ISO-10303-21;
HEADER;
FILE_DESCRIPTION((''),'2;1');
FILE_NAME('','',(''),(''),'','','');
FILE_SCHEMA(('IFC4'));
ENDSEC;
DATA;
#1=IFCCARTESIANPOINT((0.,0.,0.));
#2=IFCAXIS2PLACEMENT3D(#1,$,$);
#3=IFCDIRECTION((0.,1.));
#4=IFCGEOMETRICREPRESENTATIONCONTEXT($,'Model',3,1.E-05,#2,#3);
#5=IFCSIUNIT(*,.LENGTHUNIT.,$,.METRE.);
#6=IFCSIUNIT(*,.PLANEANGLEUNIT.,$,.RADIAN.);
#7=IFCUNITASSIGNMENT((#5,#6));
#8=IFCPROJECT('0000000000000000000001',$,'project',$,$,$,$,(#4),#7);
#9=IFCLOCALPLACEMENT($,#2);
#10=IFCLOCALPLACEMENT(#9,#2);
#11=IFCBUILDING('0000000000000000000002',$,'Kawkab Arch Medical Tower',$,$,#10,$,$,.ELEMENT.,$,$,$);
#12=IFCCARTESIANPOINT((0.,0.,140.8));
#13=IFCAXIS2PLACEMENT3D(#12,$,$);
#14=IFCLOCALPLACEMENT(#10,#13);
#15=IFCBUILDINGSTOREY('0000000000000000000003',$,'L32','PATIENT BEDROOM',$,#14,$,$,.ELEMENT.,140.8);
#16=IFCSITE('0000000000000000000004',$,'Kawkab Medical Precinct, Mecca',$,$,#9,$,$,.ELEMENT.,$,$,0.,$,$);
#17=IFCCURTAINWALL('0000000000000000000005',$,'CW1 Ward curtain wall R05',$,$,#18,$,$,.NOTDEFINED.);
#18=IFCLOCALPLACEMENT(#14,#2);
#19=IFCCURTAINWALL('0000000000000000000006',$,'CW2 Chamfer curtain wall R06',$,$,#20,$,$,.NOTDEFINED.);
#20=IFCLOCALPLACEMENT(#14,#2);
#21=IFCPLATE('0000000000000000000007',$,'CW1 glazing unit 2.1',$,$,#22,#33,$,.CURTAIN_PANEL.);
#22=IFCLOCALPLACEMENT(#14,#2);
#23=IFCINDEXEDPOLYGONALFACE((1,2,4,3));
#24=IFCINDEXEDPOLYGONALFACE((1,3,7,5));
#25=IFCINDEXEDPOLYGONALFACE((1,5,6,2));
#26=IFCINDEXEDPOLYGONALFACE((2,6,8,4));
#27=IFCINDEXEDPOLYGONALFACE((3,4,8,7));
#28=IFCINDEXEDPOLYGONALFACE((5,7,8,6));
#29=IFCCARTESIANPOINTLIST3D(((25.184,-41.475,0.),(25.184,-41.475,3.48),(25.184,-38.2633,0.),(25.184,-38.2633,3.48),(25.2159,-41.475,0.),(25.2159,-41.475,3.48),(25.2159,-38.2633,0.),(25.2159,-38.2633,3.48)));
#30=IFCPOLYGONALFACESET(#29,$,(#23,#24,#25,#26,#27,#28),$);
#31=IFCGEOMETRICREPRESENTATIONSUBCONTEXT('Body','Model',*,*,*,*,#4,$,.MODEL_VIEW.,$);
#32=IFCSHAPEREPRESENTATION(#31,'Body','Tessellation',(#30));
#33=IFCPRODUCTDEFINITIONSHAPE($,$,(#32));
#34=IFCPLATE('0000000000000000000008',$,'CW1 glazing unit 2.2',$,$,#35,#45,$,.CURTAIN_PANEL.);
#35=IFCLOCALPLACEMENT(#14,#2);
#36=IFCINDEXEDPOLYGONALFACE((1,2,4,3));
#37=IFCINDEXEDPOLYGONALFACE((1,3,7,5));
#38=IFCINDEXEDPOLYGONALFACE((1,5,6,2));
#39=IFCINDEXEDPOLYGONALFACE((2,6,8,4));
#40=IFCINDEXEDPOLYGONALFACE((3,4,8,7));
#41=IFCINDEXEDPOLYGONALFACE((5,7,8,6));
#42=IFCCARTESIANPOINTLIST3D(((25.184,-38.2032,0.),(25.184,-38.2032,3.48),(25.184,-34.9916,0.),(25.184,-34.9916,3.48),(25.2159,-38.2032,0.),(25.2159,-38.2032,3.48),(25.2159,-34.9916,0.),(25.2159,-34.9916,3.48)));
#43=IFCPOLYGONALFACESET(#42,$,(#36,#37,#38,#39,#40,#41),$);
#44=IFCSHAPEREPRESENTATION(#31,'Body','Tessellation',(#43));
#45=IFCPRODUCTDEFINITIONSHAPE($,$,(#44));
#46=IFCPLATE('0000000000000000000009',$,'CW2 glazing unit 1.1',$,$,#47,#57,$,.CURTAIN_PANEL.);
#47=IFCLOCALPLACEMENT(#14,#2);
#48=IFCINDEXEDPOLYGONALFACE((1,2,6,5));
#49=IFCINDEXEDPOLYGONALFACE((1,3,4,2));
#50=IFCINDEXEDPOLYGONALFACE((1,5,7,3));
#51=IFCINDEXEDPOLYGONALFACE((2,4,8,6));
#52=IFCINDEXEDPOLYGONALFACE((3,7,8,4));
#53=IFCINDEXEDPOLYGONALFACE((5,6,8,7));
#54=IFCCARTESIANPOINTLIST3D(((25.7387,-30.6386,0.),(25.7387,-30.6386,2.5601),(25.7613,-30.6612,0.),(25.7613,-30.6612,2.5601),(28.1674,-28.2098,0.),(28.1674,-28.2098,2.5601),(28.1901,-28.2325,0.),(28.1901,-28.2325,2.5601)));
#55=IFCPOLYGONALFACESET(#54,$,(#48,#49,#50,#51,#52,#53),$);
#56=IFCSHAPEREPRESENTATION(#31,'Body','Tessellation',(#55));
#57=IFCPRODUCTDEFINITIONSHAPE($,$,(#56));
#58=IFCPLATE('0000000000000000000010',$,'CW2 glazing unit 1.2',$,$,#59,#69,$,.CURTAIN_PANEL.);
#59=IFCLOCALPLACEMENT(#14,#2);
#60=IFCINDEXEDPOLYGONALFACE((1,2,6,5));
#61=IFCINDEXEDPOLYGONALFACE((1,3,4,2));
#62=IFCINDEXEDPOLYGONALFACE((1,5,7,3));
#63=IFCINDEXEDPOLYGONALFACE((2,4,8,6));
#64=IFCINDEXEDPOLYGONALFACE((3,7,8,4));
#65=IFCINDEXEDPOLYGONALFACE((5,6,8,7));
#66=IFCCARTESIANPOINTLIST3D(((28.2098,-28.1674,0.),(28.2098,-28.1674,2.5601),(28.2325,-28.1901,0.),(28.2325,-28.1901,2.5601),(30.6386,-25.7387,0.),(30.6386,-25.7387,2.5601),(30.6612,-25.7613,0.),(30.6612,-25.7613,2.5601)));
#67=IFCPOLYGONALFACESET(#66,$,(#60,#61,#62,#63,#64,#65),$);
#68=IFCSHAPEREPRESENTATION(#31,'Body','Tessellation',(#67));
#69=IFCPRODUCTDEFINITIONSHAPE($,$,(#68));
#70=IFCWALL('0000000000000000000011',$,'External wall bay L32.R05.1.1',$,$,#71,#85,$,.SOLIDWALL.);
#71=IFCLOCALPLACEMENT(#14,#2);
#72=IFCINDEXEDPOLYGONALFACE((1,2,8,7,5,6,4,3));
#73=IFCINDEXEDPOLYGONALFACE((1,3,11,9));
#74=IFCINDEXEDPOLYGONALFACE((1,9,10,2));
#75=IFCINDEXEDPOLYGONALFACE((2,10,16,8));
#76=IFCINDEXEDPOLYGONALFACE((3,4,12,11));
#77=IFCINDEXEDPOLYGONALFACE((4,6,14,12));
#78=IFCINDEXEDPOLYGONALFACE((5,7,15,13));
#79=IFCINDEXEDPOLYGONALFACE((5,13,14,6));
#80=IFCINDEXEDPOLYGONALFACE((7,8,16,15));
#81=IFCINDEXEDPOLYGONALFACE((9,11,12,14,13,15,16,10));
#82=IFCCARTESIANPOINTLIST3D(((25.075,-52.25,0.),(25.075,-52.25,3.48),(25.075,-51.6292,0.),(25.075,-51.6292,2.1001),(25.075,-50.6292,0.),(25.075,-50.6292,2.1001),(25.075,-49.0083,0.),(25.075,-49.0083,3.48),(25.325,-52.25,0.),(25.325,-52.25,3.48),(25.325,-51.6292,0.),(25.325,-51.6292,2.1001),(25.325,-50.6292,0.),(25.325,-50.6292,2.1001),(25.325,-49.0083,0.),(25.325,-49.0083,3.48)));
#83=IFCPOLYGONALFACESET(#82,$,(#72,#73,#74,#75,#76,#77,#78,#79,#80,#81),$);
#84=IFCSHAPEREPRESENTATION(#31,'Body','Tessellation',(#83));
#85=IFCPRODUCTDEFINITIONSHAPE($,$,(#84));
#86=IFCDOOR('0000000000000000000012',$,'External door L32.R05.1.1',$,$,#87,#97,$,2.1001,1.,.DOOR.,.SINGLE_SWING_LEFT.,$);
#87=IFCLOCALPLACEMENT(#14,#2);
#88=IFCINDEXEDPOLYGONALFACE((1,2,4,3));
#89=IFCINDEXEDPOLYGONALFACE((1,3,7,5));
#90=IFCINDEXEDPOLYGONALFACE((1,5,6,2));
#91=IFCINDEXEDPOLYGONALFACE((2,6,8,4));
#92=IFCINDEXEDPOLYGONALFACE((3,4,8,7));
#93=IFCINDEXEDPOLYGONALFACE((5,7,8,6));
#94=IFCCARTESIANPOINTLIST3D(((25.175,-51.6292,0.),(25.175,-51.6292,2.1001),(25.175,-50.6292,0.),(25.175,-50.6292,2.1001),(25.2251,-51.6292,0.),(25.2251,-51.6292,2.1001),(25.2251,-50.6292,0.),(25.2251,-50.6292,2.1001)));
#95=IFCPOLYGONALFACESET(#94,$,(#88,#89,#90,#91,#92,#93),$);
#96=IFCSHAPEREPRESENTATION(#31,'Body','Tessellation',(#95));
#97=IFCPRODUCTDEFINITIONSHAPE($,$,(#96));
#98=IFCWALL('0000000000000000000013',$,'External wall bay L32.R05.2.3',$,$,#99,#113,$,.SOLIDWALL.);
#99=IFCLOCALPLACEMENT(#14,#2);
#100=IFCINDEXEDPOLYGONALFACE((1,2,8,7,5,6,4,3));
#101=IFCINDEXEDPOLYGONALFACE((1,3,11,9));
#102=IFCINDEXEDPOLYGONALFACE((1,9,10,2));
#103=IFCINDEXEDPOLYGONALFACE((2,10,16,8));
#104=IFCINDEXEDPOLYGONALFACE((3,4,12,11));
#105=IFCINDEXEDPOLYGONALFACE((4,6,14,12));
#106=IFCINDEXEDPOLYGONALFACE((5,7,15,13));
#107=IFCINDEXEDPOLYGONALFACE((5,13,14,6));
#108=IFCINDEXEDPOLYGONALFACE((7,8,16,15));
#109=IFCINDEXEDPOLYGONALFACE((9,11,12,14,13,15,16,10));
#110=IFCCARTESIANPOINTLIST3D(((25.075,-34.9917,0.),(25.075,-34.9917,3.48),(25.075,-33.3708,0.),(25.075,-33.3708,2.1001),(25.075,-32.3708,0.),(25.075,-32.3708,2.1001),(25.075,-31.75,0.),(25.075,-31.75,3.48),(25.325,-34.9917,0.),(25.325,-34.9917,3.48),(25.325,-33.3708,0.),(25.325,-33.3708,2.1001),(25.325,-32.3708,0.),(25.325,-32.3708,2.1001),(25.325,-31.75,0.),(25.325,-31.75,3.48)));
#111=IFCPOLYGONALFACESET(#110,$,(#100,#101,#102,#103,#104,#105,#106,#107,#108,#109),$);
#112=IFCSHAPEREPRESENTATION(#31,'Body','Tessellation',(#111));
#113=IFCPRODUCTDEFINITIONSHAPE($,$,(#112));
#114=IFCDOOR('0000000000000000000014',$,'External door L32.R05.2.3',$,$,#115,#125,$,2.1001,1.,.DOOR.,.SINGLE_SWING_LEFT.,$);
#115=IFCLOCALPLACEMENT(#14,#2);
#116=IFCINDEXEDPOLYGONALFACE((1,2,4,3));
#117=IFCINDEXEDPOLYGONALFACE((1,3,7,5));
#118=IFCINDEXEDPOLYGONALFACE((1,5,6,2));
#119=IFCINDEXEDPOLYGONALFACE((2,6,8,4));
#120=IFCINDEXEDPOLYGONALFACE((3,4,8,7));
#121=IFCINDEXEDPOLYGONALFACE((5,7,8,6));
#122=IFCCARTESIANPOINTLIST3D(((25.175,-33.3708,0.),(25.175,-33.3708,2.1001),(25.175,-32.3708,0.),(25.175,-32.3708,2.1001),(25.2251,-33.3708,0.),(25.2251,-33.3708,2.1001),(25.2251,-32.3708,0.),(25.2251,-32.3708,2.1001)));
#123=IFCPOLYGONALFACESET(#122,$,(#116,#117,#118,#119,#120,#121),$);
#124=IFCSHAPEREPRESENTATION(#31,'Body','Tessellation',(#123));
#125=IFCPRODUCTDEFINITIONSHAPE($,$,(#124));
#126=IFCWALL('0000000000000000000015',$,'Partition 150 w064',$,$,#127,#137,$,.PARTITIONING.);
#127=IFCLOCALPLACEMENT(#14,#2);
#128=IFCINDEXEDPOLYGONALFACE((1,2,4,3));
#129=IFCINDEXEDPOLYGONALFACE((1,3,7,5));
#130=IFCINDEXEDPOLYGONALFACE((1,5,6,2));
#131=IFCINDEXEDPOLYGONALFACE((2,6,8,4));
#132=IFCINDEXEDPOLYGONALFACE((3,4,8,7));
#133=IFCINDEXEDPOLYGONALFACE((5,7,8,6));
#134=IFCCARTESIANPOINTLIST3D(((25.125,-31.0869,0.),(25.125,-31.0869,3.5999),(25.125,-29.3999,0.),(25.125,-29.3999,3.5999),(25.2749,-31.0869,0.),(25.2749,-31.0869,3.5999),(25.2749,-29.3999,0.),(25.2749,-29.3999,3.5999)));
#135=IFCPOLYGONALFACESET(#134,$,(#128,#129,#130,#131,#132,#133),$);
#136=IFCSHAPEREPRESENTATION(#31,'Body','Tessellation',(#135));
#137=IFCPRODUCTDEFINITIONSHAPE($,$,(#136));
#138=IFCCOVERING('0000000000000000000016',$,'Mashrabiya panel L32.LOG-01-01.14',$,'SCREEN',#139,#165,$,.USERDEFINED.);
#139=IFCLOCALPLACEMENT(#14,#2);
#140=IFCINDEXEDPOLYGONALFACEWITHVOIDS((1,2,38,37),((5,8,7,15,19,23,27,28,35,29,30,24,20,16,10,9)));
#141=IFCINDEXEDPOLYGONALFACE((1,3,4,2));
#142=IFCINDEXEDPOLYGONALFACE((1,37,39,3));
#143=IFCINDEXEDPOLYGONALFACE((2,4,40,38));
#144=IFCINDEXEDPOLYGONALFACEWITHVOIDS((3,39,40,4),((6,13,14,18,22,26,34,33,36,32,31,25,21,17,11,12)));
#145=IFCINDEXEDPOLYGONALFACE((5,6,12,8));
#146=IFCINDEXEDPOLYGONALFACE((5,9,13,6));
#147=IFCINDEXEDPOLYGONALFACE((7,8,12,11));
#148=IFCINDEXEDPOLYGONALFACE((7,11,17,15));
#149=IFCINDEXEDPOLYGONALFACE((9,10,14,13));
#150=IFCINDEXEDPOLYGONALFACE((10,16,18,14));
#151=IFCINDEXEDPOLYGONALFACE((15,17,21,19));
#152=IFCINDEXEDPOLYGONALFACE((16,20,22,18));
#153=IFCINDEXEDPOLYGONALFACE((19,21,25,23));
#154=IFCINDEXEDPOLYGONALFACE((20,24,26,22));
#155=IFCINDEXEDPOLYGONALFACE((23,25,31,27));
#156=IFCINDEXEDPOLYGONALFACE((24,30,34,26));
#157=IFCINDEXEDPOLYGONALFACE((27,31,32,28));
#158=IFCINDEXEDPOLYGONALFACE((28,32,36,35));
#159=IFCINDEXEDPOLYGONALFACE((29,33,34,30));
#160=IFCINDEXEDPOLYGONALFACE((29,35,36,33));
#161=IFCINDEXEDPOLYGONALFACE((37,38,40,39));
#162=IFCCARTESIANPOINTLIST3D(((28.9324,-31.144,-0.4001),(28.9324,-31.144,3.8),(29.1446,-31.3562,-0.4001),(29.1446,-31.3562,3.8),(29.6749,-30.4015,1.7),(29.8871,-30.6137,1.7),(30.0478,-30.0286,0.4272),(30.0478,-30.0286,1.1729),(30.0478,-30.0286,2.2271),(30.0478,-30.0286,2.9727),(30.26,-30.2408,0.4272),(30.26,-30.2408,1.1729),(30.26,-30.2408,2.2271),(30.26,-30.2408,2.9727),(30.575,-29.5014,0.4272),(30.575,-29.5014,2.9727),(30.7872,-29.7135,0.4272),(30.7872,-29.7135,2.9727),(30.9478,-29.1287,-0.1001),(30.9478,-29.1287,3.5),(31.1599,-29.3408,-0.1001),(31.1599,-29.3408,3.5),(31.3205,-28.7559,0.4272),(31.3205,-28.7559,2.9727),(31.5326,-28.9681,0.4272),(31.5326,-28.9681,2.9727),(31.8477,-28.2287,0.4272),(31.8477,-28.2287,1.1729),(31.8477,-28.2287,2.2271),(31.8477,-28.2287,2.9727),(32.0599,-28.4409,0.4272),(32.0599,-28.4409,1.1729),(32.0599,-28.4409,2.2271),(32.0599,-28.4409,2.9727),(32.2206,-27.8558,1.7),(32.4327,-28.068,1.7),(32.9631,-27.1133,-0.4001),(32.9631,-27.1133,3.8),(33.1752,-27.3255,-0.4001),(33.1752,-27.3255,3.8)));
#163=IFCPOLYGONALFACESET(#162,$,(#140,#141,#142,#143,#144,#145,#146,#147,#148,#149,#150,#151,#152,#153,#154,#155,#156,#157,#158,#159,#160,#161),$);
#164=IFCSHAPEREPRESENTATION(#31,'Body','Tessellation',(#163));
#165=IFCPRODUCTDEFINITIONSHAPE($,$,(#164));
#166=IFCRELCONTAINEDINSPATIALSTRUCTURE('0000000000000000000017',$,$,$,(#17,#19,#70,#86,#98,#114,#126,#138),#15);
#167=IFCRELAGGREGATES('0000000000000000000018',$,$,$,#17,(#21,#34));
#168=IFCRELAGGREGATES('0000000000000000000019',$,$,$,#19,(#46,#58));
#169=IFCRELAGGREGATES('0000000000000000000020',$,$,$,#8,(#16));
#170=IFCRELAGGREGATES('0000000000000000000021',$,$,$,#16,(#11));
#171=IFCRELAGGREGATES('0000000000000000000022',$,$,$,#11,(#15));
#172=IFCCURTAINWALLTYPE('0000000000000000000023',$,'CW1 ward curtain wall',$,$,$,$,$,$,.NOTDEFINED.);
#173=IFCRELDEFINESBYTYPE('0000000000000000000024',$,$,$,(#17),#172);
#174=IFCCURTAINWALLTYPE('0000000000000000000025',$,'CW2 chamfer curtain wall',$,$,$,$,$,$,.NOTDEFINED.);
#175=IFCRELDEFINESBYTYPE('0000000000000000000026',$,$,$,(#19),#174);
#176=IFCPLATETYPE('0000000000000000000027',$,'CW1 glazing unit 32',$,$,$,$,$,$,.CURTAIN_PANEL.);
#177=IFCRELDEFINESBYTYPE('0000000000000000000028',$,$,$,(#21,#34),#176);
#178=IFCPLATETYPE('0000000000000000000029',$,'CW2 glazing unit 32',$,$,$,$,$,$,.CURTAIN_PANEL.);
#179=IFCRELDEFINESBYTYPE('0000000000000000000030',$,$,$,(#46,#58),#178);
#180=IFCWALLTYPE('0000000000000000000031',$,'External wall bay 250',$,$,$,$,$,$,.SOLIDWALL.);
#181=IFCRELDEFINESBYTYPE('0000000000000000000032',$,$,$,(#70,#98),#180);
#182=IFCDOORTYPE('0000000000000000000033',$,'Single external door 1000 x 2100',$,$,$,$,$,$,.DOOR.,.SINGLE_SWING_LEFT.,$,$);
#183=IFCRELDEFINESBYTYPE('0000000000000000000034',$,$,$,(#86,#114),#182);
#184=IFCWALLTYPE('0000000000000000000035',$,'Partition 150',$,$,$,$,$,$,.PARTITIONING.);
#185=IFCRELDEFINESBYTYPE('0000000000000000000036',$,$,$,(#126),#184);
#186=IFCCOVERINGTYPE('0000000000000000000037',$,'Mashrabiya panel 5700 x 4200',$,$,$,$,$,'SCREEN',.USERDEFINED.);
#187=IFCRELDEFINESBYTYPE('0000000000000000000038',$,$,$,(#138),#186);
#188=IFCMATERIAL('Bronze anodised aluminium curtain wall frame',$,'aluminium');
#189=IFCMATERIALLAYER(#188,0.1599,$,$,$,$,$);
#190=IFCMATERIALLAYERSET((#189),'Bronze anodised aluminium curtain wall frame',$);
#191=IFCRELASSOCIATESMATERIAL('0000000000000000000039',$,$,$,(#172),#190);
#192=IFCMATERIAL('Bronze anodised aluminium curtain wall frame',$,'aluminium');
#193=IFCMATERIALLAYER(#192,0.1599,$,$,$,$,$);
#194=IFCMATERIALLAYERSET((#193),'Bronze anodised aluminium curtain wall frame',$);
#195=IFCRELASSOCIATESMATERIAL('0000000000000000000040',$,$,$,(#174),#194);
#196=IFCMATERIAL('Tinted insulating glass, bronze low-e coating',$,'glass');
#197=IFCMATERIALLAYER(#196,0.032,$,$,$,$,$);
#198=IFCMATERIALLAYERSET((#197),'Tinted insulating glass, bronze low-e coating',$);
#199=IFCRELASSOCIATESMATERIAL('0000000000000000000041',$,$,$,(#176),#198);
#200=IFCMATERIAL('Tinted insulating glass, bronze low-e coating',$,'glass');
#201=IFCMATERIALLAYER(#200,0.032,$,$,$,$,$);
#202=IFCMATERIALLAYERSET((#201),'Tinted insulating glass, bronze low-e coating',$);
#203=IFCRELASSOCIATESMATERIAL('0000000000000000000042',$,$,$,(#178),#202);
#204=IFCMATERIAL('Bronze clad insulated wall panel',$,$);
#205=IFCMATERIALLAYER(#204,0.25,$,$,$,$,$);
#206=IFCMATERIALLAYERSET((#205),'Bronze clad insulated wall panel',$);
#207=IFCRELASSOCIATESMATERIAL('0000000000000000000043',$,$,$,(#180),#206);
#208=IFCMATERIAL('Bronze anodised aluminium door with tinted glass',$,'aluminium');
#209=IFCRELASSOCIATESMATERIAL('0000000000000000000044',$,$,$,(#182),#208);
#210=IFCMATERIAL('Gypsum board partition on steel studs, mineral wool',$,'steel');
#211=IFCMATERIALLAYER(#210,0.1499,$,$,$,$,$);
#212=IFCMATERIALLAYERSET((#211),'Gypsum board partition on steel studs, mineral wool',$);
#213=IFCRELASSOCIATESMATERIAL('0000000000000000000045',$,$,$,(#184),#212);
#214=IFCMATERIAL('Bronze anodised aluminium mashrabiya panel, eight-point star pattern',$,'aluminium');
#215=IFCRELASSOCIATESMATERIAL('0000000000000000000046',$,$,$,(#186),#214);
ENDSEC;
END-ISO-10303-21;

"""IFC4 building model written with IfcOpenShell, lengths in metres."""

from ifc_helpers import new_model, si_unit, direction, frame, frame_2d, origin, origin_2d, place, context, subcontext, project, spatial, polyline, rectangle, outline, extrude, material, layer, layer_set, material_profile, profile_set, type_object, element, fill, aggregate, save


model = new_model("IFC4")

# Units and contexts
model_context = context("Model", 3, precision=1e-05, world=origin(), true_north=direction((0.0, 1.0)))
body_context = subcontext(model_context, "Body", "Model", "MODEL_VIEW")
ifc_project = project(units=[si_unit("LENGTHUNIT", "METRE"), si_unit("PLANEANGLEUNIT", "RADIAN")], contexts=[model_context])

# Site, building, storey
site_placement = place(None, origin())
site = spatial("IfcSite", under=ifc_project, at=site_placement, Name="Kawkab Medical Precinct, Mecca", CompositionType="ELEMENT", RefElevation=0.0)
building_placement = place(site_placement, origin())
building = spatial("IfcBuilding", under=site, at=building_placement, Name="Kawkab Arch Medical Tower", CompositionType="ELEMENT")
storey_placement = place(building_placement, frame((0.0, 0.0, 140.8)))
storey = spatial("IfcBuildingStorey", under=building, at=storey_placement, Name="L32", Description="PATIENT BEDROOM", CompositionType="ELEMENT", Elevation=140.8)

# Curtain walls
ifc_material_1 = material(Name="Bronze anodised aluminium curtain wall frame", Category="aluminium")
ifc_layer_1 = layer(ifc_material_1, 0.1599)
ifc_layer_set_1 = layer_set([ifc_layer_1], Name="Bronze anodised aluminium curtain wall frame")
curtain_wall_type_1 = type_object("IfcCurtainWallType", Name="CW1 ward curtain wall", PredefinedType="NOTDEFINED", material=ifc_layer_set_1)
placement = place(storey_placement, origin())
curtain_wall_1 = element("IfcCurtainWall", 1, at=placement, inside=storey, type_object=curtain_wall_type_1, Name="CW1 Ward curtain wall R05", PredefinedType="NOTDEFINED")
ifc_material_2 = material(Name="Bronze anodised aluminium curtain wall frame", Category="aluminium")
ifc_layer_2 = layer(ifc_material_2, 0.1599)
ifc_layer_set_2 = layer_set([ifc_layer_2], Name="Bronze anodised aluminium curtain wall frame")
curtain_wall_type_2 = type_object("IfcCurtainWallType", Name="CW2 chamfer curtain wall", PredefinedType="NOTDEFINED", material=ifc_layer_set_2)
curtain_wall_2 = element("IfcCurtainWall", 2, at=placement, inside=storey, type_object=curtain_wall_type_2, Name="CW2 Chamfer curtain wall R06", PredefinedType="NOTDEFINED")

# Plates
ifc_material_3 = material(Name="Tinted insulating glass, bronze low-e coating", Category="glass")
ifc_layer_3 = layer(ifc_material_3, 0.032)
ifc_layer_set_3 = layer_set([ifc_layer_3], Name="Tinted insulating glass, bronze low-e coating")
plate_type_1 = type_object("IfcPlateType", Name="CW1 glazing unit 32", PredefinedType="CURTAIN_PANEL", material=ifc_layer_set_3)
plate_1_placement = place(storey_placement, frame((25.2, -39.8691, 0.0), z_axis=(0.0, 0.0, 1.0), x_axis=(0.0, 1.0, 0.0)))
plate_1 = element("IfcPlate", 3, at=plate_1_placement, type_object=plate_type_1, Name="CW1 glazing unit 2.1", PredefinedType="CURTAIN_PANEL", context=body_context, shape_type="SweptSolid", body=[
    extrude(rectangle(XDim=3.2117, YDim=0.032, at=origin_2d()), origin(), (0.0, 0.0, 1.0), 3.48),
])
plate_2_placement = place(storey_placement, frame((25.2, -36.5974, 0.0), z_axis=(0.0, 0.0, 1.0), x_axis=(0.0, 1.0, 0.0)))
plate_2 = element("IfcPlate", 4, at=plate_2_placement, type_object=plate_type_1, Name="CW1 glazing unit 2.2", PredefinedType="CURTAIN_PANEL", context=body_context, shape_type="SweptSolid", body=[
    extrude(rectangle(XDim=3.2117, YDim=0.032, at=origin_2d()), origin(), (0.0, 0.0, 1.0), 3.48),
])
aggregate(curtain_wall_1, [plate_1, plate_2])
ifc_material_4 = material(Name="Tinted insulating glass, bronze low-e coating", Category="glass")
ifc_layer_4 = layer(ifc_material_4, 0.032)
ifc_layer_set_4 = layer_set([ifc_layer_4], Name="Tinted insulating glass, bronze low-e coating")
plate_type_2 = type_object("IfcPlateType", Name="CW2 glazing unit 32", PredefinedType="CURTAIN_PANEL", material=ifc_layer_set_4)
plate_3_placement = place(storey_placement, frame((26.9644, -29.4355, 0.0), z_axis=(0.0, 0.0, 1.0), x_axis=(0.707107, 0.707107, 0.0)))
plate_3 = element("IfcPlate", 5, at=plate_3_placement, type_object=plate_type_2, Name="CW2 glazing unit 1.1", PredefinedType="CURTAIN_PANEL", context=body_context, shape_type="SweptSolid", body=[
    extrude(rectangle(XDim=3.4348, YDim=0.032, at=origin_2d()), origin(), (0.0, 0.0, 1.0), 2.5601),
])
plate_4_placement = place(storey_placement, frame((29.4355, -26.9644, 0.0), z_axis=(0.0, 0.0, 1.0), x_axis=(0.707107, 0.707107, 0.0)))
plate_4 = element("IfcPlate", 6, at=plate_4_placement, type_object=plate_type_2, Name="CW2 glazing unit 1.2", PredefinedType="CURTAIN_PANEL", context=body_context, shape_type="SweptSolid", body=[
    extrude(rectangle(XDim=3.4348, YDim=0.032, at=origin_2d()), origin(), (0.0, 0.0, 1.0), 2.5601),
])
aggregate(curtain_wall_2, [plate_3, plate_4])

# Walls, openings, doors
ifc_material_5 = material(Name="Bronze clad insulated wall panel")
ifc_layer_5 = layer(ifc_material_5, 0.25)
ifc_layer_set_5 = layer_set([ifc_layer_5], Name="Bronze clad insulated wall panel")
wall_type_1 = type_object("IfcWallType", Name="External wall bay 250", PredefinedType="SOLIDWALL", material=ifc_layer_set_5)
wall_1_placement = place(storey_placement, frame((25.2, -52.25, 0.0), z_axis=(0.0, 0.0, 1.0), x_axis=(0.0, 1.0, 0.0)))
wall_1 = element("IfcWall", 7, at=wall_1_placement, inside=storey, type_object=wall_type_1, Name="External wall bay L32.R05.1.1", PredefinedType="SOLIDWALL", context=body_context, shape_type="SweptSolid", body=[
    extrude(rectangle(XDim=3.2417, YDim=0.25, at=frame_2d((1.6208, 0.0))), origin(), (0.0, 0.0, 1.0), 3.48),
])
opening_1_placement = place(wall_1_placement, frame((0.6208, 0.0, 0.0)))
opening_1 = element("IfcOpeningElement", 8, at=opening_1_placement, cuts=wall_1, PredefinedType="OPENING", context=body_context, shape_type="SweptSolid", body=[
    extrude(rectangle(XDim=1.0, YDim=2.1001, at=frame_2d((0.5, 1.05))), frame((0.0, 0.135, 0.0), z_axis=(0.0, -1.0, 0.0), x_axis=(1.0, 0.0, 0.0)), (0.0, 0.0, 1.0), 0.27),
])
ifc_material_6 = material(Name="Bronze anodised aluminium door with tinted glass", Category="aluminium")
door_type = type_object("IfcDoorType", Name="Single external door 1000 x 2100", OperationType="SINGLE_SWING_LEFT", PredefinedType="DOOR", material=ifc_material_6)
door_1_placement = place(opening_1_placement, origin())
door_1 = element("IfcDoor", 9, at=door_1_placement, inside=storey, type_object=door_type, Name="External door L32.R05.1.1", OperationType="SINGLE_SWING_LEFT", OverallHeight=2.1001, OverallWidth=1.0, PredefinedType="DOOR", context=body_context, shape_type="SweptSolid", body=[
    extrude(rectangle(XDim=1.0, YDim=2.1001, at=frame_2d((0.5, 1.05))), frame((0.0, 0.0249, 0.0), z_axis=(0.0, -1.0, 0.0), x_axis=(1.0, 0.0, 0.0)), (0.0, 0.0, 1.0), 0.05),
])
fill(opening_1, door_1)
wall_2_placement = place(storey_placement, frame((25.2, -34.9917, 0.0), z_axis=(0.0, 0.0, 1.0), x_axis=(0.0, 1.0, 0.0)))
wall_2 = element("IfcWall", 10, at=wall_2_placement, inside=storey, type_object=wall_type_1, Name="External wall bay L32.R05.2.3", PredefinedType="SOLIDWALL", context=body_context, shape_type="SweptSolid", body=[
    extrude(rectangle(XDim=3.2417, YDim=0.25, at=frame_2d((1.6208, 0.0))), origin(), (0.0, 0.0, 1.0), 3.48),
])
opening_2_placement = place(wall_2_placement, frame((1.6208, 0.0, 0.0)))
opening_2 = element("IfcOpeningElement", 11, at=opening_2_placement, cuts=wall_2, PredefinedType="OPENING", context=body_context, shape_type="SweptSolid", body=[
    extrude(rectangle(XDim=1.0, YDim=2.1001, at=frame_2d((0.5, 1.05))), frame((0.0, 0.135, 0.0), z_axis=(0.0, -1.0, 0.0), x_axis=(1.0, 0.0, 0.0)), (0.0, 0.0, 1.0), 0.27),
])
door_2_placement = place(opening_2_placement, origin())
door_2 = element("IfcDoor", 12, at=door_2_placement, inside=storey, type_object=door_type, Name="External door L32.R05.2.3", OperationType="SINGLE_SWING_LEFT", OverallHeight=2.1001, OverallWidth=1.0, PredefinedType="DOOR", context=body_context, shape_type="SweptSolid", body=[
    extrude(rectangle(XDim=1.0, YDim=2.1001, at=frame_2d((0.5, 1.05))), frame((0.0, 0.0249, 0.0), z_axis=(0.0, -1.0, 0.0), x_axis=(1.0, 0.0, 0.0)), (0.0, 0.0, 1.0), 0.05),
])
fill(opening_2, door_2)

# Wall
ifc_material_7 = material(Name="Gypsum board partition on steel studs, mineral wool", Category="steel")
ifc_layer_6 = layer(ifc_material_7, 0.1499)
ifc_layer_set_6 = layer_set([ifc_layer_6], Name="Gypsum board partition on steel studs, mineral wool")
wall_type_2 = type_object("IfcWallType", Name="Partition 150", PredefinedType="PARTITIONING", material=ifc_layer_set_6)
wall_3_placement = place(storey_placement, frame((25.2, -31.0869, 0.0), z_axis=(0.0, 0.0, 1.0), x_axis=(0.0, 1.0, 0.0)))
element("IfcWall", 13, at=wall_3_placement, inside=storey, type_object=wall_type_2, Name="Partition 150 w064", PredefinedType="PARTITIONING", context=body_context, shape_type="SweptSolid", body=[
    extrude(rectangle(XDim=1.687, YDim=0.1499, at=frame_2d((0.8435, 0.0))), origin(), (0.0, 0.0, 1.0), 3.5999),
])

# Covering
ifc_material_8 = material(Name="Bronze anodised aluminium mashrabiya panel, eight-point star pattern", Category="aluminium")
ifc_material_profile_1 = material_profile(ifc_material_8, outline(polyline([(-2.8501, -2.1001), (2.8501, -2.1001), (2.8501, 2.1001), (-2.8501, 2.1001), (-2.8501, -2.1001)]), holes=[polyline([(1.8, 0.0), (1.2727, 0.5271), (1.2727, 1.2727), (0.5271, 1.2727), (0.0, 1.8), (-0.5271, 1.2727), (-1.2727, 1.2727), (-1.2727, 0.5271), (-1.8, 0.0), (-1.2727, -0.5271), (-1.2727, -1.2727), (-0.5271, -1.2727), (0.0, -1.8), (0.5271, -1.2727), (1.2727, -1.2727), (1.2727, -0.5271), (1.8, 0.0)])]), Name="Mashrabiya panel 5700x4200")
ifc_profile_set_1 = profile_set([ifc_material_profile_1], Name="Bronze anodised aluminium mashrabiya panel, eight-point star pattern")
covering_type_1 = type_object("IfcCoveringType", Name="Mashrabiya panel 5700 x 4200", ElementType="SCREEN", PredefinedType="USERDEFINED", material=ifc_profile_set_1)
covering_1_placement = place(storey_placement, frame((30.9478, -29.1287, 1.7), z_axis=(0.707107, -0.707107, 0.0), x_axis=(0.707107, 0.707107, 0.0)))
element("IfcCovering", 14, at=covering_1_placement, inside=storey, type_object=covering_type_1, Name="Mashrabiya panel L32.LOG-01-01.14", ObjectType="SCREEN", PredefinedType="USERDEFINED", context=body_context, shape_type="SweptSolid", body=[
    extrude(outline(polyline([(-2.8501, -2.1001), (2.8501, -2.1001), (2.8501, 2.1001), (-2.8501, 2.1001), (-2.8501, -2.1001)]), holes=[polyline([(1.8, 0.0), (1.2727, 0.5271), (1.2727, 1.2727), (0.5271, 1.2727), (0.0, 1.8), (-0.5271, 1.2727), (-1.2727, 1.2727), (-1.2727, 0.5271), (-1.8, 0.0), (-1.2727, -0.5271), (-1.2727, -1.2727), (-0.5271, -1.2727), (0.0, -1.8), (0.5271, -1.2727), (1.2727, -1.2727), (1.2727, -0.5271), (1.8, 0.0)])]), origin(), (0.0, 0.0, 1.0), 0.3),
])

save(model, "model.ifc")
